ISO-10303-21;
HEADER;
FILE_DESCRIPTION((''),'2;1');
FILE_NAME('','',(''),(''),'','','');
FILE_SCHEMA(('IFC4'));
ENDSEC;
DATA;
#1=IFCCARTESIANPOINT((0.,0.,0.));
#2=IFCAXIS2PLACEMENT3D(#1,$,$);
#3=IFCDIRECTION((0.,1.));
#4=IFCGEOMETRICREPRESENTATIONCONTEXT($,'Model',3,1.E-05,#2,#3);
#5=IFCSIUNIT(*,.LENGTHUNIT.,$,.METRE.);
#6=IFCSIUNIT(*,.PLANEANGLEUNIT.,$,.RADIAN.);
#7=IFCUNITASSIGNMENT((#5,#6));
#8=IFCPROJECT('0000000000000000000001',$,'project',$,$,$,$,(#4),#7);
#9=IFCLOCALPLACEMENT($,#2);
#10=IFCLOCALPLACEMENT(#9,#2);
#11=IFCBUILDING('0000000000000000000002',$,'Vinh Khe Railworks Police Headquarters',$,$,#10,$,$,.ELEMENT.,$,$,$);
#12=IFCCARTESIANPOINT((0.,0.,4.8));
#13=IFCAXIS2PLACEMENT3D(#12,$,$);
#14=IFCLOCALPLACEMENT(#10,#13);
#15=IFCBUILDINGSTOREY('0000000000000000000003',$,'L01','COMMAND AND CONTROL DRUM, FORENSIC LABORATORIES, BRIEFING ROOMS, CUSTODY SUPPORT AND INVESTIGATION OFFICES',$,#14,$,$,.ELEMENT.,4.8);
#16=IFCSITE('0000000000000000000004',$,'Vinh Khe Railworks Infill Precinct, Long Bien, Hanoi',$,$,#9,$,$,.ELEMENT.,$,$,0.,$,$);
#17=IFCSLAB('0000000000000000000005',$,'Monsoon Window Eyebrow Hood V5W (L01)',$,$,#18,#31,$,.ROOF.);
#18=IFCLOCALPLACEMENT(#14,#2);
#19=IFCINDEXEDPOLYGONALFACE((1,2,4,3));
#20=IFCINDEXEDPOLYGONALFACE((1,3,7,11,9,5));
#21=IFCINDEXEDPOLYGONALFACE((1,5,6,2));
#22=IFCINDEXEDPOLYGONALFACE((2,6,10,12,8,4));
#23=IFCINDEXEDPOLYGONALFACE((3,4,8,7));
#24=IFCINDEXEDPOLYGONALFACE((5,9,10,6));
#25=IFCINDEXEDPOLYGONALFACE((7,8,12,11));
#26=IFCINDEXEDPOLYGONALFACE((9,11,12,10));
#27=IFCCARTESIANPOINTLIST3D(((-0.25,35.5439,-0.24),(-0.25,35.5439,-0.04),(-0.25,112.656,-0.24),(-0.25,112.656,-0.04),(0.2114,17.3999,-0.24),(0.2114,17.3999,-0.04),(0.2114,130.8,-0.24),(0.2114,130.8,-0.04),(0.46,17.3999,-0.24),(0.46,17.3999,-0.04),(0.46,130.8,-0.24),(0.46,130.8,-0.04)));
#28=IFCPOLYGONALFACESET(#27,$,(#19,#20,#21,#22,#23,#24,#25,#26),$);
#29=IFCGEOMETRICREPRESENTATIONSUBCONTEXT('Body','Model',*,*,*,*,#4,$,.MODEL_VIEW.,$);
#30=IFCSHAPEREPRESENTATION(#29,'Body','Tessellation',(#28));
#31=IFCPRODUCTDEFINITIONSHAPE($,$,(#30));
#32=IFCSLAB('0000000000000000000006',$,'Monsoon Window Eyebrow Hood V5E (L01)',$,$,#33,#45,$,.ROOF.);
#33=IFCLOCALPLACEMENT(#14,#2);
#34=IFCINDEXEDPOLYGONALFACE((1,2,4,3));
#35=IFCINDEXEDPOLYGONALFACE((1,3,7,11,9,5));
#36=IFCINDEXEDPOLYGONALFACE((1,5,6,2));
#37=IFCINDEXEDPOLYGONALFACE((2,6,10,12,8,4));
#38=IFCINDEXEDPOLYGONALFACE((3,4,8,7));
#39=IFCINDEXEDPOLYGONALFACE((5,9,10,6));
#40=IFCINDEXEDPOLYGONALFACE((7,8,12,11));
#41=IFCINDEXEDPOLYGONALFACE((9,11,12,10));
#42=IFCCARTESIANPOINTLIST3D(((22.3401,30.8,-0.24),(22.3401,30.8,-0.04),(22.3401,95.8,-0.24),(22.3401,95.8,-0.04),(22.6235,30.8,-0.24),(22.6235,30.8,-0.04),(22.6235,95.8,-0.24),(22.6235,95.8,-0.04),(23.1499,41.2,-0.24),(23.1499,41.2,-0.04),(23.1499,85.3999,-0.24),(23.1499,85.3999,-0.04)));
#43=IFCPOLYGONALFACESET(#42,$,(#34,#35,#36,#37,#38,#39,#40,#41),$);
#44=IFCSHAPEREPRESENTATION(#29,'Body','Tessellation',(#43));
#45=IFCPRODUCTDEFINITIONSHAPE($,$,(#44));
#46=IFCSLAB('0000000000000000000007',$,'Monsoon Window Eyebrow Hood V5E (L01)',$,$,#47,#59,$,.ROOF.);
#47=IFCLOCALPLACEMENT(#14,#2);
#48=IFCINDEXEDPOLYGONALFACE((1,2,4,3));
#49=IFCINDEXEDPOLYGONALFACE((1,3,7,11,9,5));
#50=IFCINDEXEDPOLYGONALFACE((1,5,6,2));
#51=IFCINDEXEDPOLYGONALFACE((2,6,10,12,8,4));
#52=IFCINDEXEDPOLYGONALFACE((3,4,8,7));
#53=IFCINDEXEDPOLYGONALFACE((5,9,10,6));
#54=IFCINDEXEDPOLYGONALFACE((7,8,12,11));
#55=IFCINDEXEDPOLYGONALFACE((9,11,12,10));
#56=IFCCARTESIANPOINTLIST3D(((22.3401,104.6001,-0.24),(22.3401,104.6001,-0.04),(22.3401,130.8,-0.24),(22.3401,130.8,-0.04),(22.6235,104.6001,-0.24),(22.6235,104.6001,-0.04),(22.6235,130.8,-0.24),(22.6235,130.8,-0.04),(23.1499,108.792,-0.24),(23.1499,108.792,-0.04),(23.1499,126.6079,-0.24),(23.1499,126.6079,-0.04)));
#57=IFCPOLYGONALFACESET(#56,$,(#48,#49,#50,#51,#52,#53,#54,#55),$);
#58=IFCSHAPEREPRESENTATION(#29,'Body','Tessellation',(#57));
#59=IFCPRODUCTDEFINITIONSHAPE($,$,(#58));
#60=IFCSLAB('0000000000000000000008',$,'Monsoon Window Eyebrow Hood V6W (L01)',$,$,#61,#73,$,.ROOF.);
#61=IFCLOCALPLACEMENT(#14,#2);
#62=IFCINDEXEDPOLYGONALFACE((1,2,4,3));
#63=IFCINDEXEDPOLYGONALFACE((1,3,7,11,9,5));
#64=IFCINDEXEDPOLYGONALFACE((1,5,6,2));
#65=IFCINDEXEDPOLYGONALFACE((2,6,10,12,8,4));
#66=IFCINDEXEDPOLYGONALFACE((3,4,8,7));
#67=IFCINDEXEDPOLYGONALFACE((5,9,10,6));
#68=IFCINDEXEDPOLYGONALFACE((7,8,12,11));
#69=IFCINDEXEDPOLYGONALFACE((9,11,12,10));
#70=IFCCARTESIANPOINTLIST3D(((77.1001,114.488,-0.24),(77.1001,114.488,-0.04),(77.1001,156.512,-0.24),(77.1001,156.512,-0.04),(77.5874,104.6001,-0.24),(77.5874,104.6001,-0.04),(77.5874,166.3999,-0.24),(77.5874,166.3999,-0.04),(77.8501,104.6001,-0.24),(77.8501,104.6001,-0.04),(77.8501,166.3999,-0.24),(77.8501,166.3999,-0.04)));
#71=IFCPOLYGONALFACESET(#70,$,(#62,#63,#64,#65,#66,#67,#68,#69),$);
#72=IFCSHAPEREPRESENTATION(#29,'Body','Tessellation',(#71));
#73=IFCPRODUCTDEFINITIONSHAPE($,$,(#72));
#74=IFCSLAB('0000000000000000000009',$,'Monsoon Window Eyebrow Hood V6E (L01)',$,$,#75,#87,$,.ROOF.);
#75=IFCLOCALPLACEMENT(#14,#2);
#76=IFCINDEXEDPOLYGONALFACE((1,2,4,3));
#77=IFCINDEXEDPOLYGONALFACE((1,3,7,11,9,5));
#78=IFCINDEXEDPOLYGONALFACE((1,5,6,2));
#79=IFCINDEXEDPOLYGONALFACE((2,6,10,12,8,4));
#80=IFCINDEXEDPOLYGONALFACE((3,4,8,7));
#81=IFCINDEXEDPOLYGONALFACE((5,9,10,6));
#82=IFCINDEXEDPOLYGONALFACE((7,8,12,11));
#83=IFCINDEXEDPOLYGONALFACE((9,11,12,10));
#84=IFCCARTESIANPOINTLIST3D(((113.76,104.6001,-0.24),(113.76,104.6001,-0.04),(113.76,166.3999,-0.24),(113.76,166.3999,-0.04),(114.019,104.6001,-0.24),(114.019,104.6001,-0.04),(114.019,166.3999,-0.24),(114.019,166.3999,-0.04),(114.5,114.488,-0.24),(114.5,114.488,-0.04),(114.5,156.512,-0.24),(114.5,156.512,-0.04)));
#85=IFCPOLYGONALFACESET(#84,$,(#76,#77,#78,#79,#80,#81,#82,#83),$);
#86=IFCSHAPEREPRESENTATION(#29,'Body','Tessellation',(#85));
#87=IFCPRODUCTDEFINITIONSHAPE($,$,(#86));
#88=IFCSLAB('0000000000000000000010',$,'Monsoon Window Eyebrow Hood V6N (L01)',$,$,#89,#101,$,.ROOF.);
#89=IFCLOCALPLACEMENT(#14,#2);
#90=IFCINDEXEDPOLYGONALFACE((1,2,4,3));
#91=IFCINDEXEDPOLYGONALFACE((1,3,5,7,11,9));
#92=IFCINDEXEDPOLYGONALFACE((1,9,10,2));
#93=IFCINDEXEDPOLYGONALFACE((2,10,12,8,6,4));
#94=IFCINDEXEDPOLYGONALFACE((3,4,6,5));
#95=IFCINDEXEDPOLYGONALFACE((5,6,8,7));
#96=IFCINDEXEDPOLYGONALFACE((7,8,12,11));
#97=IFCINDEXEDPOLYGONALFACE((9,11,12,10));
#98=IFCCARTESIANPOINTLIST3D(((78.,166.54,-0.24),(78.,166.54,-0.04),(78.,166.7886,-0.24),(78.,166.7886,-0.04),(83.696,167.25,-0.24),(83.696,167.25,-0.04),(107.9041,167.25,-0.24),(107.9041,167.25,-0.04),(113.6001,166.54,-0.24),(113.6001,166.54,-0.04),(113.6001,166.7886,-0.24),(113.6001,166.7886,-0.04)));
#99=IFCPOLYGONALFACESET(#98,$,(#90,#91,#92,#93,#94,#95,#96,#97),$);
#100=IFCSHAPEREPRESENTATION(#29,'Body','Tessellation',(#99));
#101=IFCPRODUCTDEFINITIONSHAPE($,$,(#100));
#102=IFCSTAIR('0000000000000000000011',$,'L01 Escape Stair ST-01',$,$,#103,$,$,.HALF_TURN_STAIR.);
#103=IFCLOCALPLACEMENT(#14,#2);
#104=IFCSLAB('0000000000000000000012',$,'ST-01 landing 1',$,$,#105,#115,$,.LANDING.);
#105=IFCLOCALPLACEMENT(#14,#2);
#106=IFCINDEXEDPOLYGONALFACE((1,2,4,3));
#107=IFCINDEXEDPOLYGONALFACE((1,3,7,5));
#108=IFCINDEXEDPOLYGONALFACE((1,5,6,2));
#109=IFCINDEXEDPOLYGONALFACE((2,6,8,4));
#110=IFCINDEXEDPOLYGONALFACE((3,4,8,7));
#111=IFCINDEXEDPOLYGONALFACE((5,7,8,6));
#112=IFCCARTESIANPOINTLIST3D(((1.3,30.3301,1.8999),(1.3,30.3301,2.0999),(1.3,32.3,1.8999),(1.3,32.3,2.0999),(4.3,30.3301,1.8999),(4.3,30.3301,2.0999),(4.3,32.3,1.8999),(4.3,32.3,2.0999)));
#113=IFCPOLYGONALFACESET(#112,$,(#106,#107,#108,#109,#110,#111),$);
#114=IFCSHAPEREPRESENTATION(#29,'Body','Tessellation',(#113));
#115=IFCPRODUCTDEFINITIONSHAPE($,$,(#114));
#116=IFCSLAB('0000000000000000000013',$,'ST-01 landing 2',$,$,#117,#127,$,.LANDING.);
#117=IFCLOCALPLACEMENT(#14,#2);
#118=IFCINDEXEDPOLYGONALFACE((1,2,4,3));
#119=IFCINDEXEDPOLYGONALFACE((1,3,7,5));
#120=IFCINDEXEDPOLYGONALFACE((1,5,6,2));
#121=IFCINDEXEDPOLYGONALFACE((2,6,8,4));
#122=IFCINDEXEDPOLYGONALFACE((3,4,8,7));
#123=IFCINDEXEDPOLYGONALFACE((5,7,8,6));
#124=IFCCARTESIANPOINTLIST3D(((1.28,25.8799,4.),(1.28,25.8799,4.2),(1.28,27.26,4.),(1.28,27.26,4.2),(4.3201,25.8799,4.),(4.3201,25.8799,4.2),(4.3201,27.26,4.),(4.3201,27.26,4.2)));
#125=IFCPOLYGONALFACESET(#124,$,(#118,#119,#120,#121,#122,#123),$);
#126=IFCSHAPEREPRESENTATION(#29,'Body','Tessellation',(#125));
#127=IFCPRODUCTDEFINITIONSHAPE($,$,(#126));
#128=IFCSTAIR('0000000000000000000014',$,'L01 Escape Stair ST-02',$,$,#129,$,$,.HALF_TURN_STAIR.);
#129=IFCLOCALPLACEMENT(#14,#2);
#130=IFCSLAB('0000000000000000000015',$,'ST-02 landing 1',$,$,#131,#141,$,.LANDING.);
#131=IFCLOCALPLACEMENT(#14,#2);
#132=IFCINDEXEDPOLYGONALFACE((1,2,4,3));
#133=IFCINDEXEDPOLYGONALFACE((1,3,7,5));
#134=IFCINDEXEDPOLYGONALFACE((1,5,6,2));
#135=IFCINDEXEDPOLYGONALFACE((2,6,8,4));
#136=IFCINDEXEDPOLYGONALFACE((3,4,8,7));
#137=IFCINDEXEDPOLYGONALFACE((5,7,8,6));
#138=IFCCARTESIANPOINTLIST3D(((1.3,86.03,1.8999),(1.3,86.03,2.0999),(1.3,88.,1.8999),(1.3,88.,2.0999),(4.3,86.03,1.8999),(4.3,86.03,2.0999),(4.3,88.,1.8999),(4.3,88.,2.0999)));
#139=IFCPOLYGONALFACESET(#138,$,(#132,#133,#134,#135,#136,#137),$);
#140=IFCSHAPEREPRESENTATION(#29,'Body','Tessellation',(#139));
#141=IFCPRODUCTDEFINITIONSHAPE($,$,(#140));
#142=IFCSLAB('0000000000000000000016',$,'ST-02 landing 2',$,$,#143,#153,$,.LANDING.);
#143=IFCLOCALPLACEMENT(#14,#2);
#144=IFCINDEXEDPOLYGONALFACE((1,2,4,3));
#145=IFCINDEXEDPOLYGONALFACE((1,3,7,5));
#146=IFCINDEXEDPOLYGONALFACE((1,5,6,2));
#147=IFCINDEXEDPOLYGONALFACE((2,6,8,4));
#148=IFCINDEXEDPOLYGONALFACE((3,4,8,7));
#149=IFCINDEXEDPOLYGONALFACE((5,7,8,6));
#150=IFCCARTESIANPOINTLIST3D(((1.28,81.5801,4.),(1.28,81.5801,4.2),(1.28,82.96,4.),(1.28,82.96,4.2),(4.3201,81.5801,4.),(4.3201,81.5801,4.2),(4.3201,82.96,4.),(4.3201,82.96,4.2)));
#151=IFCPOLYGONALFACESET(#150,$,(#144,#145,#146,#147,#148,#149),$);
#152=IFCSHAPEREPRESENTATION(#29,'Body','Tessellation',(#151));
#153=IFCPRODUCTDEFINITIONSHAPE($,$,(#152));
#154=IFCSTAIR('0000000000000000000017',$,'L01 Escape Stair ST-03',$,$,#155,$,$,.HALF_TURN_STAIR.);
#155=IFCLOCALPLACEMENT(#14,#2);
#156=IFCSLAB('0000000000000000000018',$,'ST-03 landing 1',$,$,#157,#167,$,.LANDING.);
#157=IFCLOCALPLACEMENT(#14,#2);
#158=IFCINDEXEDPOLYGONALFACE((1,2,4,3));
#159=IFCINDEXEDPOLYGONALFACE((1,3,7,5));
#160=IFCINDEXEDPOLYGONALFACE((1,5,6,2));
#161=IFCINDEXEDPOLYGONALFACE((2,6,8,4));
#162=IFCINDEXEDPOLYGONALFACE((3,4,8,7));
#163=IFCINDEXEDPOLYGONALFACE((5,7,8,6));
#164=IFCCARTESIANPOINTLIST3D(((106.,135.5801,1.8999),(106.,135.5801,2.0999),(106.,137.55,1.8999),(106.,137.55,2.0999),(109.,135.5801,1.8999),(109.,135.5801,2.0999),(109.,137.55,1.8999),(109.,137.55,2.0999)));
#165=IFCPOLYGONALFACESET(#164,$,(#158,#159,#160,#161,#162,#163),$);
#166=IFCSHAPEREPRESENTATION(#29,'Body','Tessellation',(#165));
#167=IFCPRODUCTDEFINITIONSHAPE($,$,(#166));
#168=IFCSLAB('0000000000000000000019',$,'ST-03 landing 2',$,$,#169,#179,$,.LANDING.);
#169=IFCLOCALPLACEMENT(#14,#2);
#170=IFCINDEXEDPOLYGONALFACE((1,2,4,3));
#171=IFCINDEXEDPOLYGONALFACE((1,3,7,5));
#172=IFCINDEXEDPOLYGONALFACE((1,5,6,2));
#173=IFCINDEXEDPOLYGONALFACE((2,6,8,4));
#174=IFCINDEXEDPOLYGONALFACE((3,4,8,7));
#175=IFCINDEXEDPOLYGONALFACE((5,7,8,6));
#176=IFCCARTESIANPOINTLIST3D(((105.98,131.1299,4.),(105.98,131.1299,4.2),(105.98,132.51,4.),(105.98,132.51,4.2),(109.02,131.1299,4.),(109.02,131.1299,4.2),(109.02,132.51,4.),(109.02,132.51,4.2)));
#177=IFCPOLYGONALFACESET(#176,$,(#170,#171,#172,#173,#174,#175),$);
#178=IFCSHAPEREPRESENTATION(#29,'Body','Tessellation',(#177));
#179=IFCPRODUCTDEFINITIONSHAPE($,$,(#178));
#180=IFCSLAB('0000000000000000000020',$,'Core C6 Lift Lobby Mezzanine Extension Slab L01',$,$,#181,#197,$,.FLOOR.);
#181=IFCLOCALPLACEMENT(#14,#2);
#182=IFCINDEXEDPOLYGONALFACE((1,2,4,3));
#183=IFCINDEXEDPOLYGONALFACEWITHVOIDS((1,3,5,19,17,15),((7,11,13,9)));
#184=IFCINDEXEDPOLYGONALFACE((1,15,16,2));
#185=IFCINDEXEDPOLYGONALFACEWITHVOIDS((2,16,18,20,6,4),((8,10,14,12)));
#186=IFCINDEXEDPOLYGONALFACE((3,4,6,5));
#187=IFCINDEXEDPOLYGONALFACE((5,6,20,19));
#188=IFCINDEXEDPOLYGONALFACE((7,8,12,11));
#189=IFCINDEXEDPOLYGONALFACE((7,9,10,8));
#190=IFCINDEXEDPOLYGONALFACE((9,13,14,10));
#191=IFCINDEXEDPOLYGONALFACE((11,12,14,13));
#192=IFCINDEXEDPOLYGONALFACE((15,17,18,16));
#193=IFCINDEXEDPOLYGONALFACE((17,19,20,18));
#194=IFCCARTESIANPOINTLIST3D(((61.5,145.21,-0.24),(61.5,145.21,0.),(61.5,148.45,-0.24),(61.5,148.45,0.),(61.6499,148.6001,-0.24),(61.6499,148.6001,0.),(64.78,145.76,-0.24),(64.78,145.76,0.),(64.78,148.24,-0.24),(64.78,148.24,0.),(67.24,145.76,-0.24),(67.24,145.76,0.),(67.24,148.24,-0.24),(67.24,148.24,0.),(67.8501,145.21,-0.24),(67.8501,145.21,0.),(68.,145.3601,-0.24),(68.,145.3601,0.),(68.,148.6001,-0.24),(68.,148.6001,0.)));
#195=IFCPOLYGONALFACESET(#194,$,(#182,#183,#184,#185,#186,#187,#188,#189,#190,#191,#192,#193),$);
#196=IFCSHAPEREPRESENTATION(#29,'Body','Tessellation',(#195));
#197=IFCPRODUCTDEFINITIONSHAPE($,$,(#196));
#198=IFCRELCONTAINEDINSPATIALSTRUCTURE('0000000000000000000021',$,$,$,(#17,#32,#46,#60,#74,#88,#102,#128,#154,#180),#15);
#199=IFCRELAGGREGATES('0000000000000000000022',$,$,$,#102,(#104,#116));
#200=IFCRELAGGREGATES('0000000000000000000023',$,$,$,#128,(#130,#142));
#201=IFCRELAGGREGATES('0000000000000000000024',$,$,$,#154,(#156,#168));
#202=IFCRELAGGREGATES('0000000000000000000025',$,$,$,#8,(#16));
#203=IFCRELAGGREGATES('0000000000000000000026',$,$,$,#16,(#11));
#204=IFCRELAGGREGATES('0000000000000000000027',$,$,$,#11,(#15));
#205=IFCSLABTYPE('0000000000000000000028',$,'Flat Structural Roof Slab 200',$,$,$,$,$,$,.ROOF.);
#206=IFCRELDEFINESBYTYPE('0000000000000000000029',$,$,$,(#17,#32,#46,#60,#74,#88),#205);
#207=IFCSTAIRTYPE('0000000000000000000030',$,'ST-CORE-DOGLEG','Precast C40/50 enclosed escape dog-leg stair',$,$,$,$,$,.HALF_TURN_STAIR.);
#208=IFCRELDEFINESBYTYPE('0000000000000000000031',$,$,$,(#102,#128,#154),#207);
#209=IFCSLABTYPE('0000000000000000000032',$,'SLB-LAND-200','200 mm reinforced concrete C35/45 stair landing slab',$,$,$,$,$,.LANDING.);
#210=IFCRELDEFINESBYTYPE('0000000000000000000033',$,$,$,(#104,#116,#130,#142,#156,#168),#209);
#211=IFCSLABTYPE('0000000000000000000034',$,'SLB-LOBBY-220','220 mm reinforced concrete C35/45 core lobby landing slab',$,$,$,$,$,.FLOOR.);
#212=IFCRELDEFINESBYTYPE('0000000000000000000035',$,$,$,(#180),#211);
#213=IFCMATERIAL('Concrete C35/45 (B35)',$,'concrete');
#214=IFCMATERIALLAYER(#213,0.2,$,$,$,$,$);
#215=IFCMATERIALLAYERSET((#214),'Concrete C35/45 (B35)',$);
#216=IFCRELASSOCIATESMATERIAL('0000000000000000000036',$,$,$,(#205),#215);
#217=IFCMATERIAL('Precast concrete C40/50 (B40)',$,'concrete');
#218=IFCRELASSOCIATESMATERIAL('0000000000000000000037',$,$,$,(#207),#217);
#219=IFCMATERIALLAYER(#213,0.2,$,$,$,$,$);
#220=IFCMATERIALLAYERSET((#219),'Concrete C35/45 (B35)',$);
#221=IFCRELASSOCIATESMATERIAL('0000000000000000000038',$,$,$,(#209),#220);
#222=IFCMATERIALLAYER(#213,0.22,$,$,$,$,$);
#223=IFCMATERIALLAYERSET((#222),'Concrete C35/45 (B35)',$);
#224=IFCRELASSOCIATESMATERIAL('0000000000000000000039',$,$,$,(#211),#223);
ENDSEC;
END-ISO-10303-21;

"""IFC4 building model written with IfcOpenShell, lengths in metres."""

from ifc_helpers import new_model, si_unit, direction, frame, origin, place, context, subcontext, project, spatial, polyline, outline, extrude, material, layer, layer_set, type_object, element, aggregate, save


model = new_model("IFC4")

# Units and contexts
model_context = context("Model", 3, precision=1e-05, world=origin(), true_north=direction((0.0, 1.0)))
body_context = subcontext(model_context, "Body", "Model", "MODEL_VIEW")
ifc_project = project(units=[si_unit("LENGTHUNIT", "METRE"), si_unit("PLANEANGLEUNIT", "RADIAN")], contexts=[model_context])

# Site, building, storey
site_placement = place(None, origin())
site = spatial("IfcSite", under=ifc_project, at=site_placement, Name="Vinh Khe Railworks Infill Precinct, Long Bien, Hanoi", CompositionType="ELEMENT", RefElevation=0.0)
building_placement = place(site_placement, origin())
building = spatial("IfcBuilding", under=site, at=building_placement, Name="Vinh Khe Railworks Police Headquarters", CompositionType="ELEMENT")
storey_placement = place(building_placement, frame((0.0, 0.0, 4.8)))
storey = spatial("IfcBuildingStorey", under=building, at=storey_placement, Name="L01", Description="COMMAND AND CONTROL DRUM, FORENSIC LABORATORIES, BRIEFING ROOMS, CUSTODY SUPPORT AND INVESTIGATION OFFICES", CompositionType="ELEMENT", Elevation=4.8)

# Slabs
ifc_material_1 = material(Name="Concrete C35/45 (B35)", Category="concrete")
ifc_layer_1 = layer(ifc_material_1, 0.2)
ifc_layer_set_1 = layer_set([ifc_layer_1], Name="Concrete C35/45 (B35)")
slab_type_1 = type_object("IfcSlabType", Name="Flat Structural Roof Slab 200", PredefinedType="ROOF", material=ifc_layer_set_1)
slab_1_placement = place(storey_placement, frame((0.0, 0.0, -0.24)))
element("IfcSlab", 1, at=slab_1_placement, inside=storey, type_object=slab_type_1, Name="Monsoon Window Eyebrow Hood V5W (L01)", PredefinedType="ROOF", context=body_context, shape_type="SweptSolid", body=[
    extrude(outline(polyline([(0.46, 17.3999), (0.46, 130.8), (0.2114, 130.8), (-0.25, 112.656), (-0.25, 35.5439), (0.2114, 17.3999), (0.46, 17.3999)])), origin(), (0.0, 0.0, 1.0), 0.2),
])
slab_2_placement = place(storey_placement, frame((0.0, 0.0, -0.24)))
element("IfcSlab", 2, at=slab_2_placement, inside=storey, type_object=slab_type_1, Name="Monsoon Window Eyebrow Hood V5E (L01)", PredefinedType="ROOF", context=body_context, shape_type="SweptSolid", body=[
    extrude(outline(polyline([(22.3401, 30.8), (22.6235, 30.8), (23.1499, 41.2), (23.1499, 85.3999), (22.6235, 95.8), (22.3401, 95.8), (22.3401, 30.8)])), origin(), (0.0, 0.0, 1.0), 0.2),
])
slab_3_placement = place(storey_placement, frame((0.0, 0.0, -0.24)))
element("IfcSlab", 3, at=slab_3_placement, inside=storey, type_object=slab_type_1, Name="Monsoon Window Eyebrow Hood V5E (L01)", PredefinedType="ROOF", context=body_context, shape_type="SweptSolid", body=[
    extrude(outline(polyline([(22.3401, 104.6001), (22.6235, 104.6001), (23.1499, 108.792), (23.1499, 126.6079), (22.6235, 130.8), (22.3401, 130.8), (22.3401, 104.6001)])), origin(), (0.0, 0.0, 1.0), 0.2),
])
slab_4_placement = place(storey_placement, frame((0.0, 0.0, -0.24)))
element("IfcSlab", 4, at=slab_4_placement, inside=storey, type_object=slab_type_1, Name="Monsoon Window Eyebrow Hood V6W (L01)", PredefinedType="ROOF", context=body_context, shape_type="SweptSolid", body=[
    extrude(outline(polyline([(77.8501, 104.6001), (77.8501, 166.3999), (77.5874, 166.3999), (77.1001, 156.512), (77.1001, 114.488), (77.5874, 104.6001), (77.8501, 104.6001)])), origin(), (0.0, 0.0, 1.0), 0.2),
])
slab_5_placement = place(storey_placement, frame((0.0, 0.0, -0.24)))
element("IfcSlab", 5, at=slab_5_placement, inside=storey, type_object=slab_type_1, Name="Monsoon Window Eyebrow Hood V6E (L01)", PredefinedType="ROOF", context=body_context, shape_type="SweptSolid", body=[
    extrude(outline(polyline([(113.76, 104.6001), (114.019, 104.6001), (114.5, 114.488), (114.5, 156.512), (114.019, 166.3999), (113.76, 166.3999), (113.76, 104.6001)])), origin(), (0.0, 0.0, 1.0), 0.2),
])
slab_6_placement = place(storey_placement, frame((0.0, 0.0, -0.24)))
element("IfcSlab", 6, at=slab_6_placement, inside=storey, type_object=slab_type_1, Name="Monsoon Window Eyebrow Hood V6N (L01)", PredefinedType="ROOF", context=body_context, shape_type="SweptSolid", body=[
    extrude(outline(polyline([(78.0, 166.54), (113.6001, 166.54), (113.6001, 166.7886), (107.9041, 167.25), (83.696, 167.25), (78.0, 166.7886), (78.0, 166.54)])), origin(), (0.0, 0.0, 1.0), 0.2),
])

# Stairs, slabs
ifc_material_2 = material(Name="Precast concrete C40/50 (B40)", Category="concrete")
stair_type = type_object("IfcStairType", Name="ST-CORE-DOGLEG", Description="Precast C40/50 enclosed escape dog-leg stair", PredefinedType="HALF_TURN_STAIR", material=ifc_material_2)
stair_1_placement = place(storey_placement, origin())
stair_1 = element("IfcStair", 7, at=stair_1_placement, inside=storey, type_object=stair_type, Name="L01 Escape Stair ST-01", PredefinedType="HALF_TURN_STAIR")
ifc_layer_2 = layer(ifc_material_1, 0.2)
ifc_layer_set_2 = layer_set([ifc_layer_2], Name="Concrete C35/45 (B35)")
slab_type_2 = type_object("IfcSlabType", Name="SLB-LAND-200", Description="200 mm reinforced concrete C35/45 stair landing slab", PredefinedType="LANDING", material=ifc_layer_set_2)
slab_7_placement = place(storey_placement, frame((0.0, 0.0, 1.8999)))
slab_7 = element("IfcSlab", 8, at=slab_7_placement, type_object=slab_type_2, Name="ST-01 landing 1", PredefinedType="LANDING", context=body_context, shape_type="SweptSolid", body=[
    extrude(outline(polyline([(4.3, 30.3301), (4.3, 32.3), (1.3, 32.3), (1.3, 30.3301), (4.3, 30.3301)])), origin(), (0.0, 0.0, 1.0), 0.2),
])
slab_8_placement = place(storey_placement, frame((0.0, 0.0, 4.0)))
slab_8 = element("IfcSlab", 9, at=slab_8_placement, type_object=slab_type_2, Name="ST-01 landing 2", PredefinedType="LANDING", context=body_context, shape_type="SweptSolid", body=[
    extrude(outline(polyline([(1.28, 25.8799), (4.3201, 25.8799), (4.3201, 27.26), (1.28, 27.26), (1.28, 25.8799)])), origin(), (0.0, 0.0, 1.0), 0.2),
])
aggregate(stair_1, [slab_7, slab_8])
stair_2_placement = place(storey_placement, origin())
stair_2 = element("IfcStair", 10, at=stair_2_placement, inside=storey, type_object=stair_type, Name="L01 Escape Stair ST-02", PredefinedType="HALF_TURN_STAIR")
slab_9_placement = place(storey_placement, frame((0.0, 0.0, 1.8999)))
slab_9 = element("IfcSlab", 11, at=slab_9_placement, type_object=slab_type_2, Name="ST-02 landing 1", PredefinedType="LANDING", context=body_context, shape_type="SweptSolid", body=[
    extrude(outline(polyline([(4.3, 86.03), (4.3, 88.0), (1.3, 88.0), (1.3, 86.03), (4.3, 86.03)])), origin(), (0.0, 0.0, 1.0), 0.2),
])
slab_10_placement = place(storey_placement, frame((0.0, 0.0, 4.0)))
slab_10 = element("IfcSlab", 12, at=slab_10_placement, type_object=slab_type_2, Name="ST-02 landing 2", PredefinedType="LANDING", context=body_context, shape_type="SweptSolid", body=[
    extrude(outline(polyline([(1.28, 81.5801), (4.3201, 81.5801), (4.3201, 82.96), (1.28, 82.96), (1.28, 81.5801)])), origin(), (0.0, 0.0, 1.0), 0.2),
])
aggregate(stair_2, [slab_9, slab_10])
stair_3_placement = place(storey_placement, origin())
stair_3 = element("IfcStair", 13, at=stair_3_placement, inside=storey, type_object=stair_type, Name="L01 Escape Stair ST-03", PredefinedType="HALF_TURN_STAIR")
slab_11_placement = place(storey_placement, frame((0.0, 0.0, 1.8999)))
slab_11 = element("IfcSlab", 14, at=slab_11_placement, type_object=slab_type_2, Name="ST-03 landing 1", PredefinedType="LANDING", context=body_context, shape_type="SweptSolid", body=[
    extrude(outline(polyline([(109.0, 135.5801), (109.0, 137.55), (106.0, 137.55), (106.0, 135.5801), (109.0, 135.5801)])), origin(), (0.0, 0.0, 1.0), 0.2),
])
slab_12_placement = place(storey_placement, frame((0.0, 0.0, 4.0)))
slab_12 = element("IfcSlab", 15, at=slab_12_placement, type_object=slab_type_2, Name="ST-03 landing 2", PredefinedType="LANDING", context=body_context, shape_type="SweptSolid", body=[
    extrude(outline(polyline([(105.98, 131.1299), (109.02, 131.1299), (109.02, 132.51), (105.98, 132.51), (105.98, 131.1299)])), origin(), (0.0, 0.0, 1.0), 0.2),
])
aggregate(stair_3, [slab_11, slab_12])

# Slab
ifc_layer_3 = layer(ifc_material_1, 0.22)
ifc_layer_set_3 = layer_set([ifc_layer_3], Name="Concrete C35/45 (B35)")
slab_type_3 = type_object("IfcSlabType", Name="SLB-LOBBY-220", Description="220 mm reinforced concrete C35/45 core lobby landing slab", PredefinedType="FLOOR", material=ifc_layer_set_3)
slab_13_placement = place(storey_placement, frame((0.0, 0.0, -0.24)))
element("IfcSlab", 16, at=slab_13_placement, inside=storey, type_object=slab_type_3, Name="Core C6 Lift Lobby Mezzanine Extension Slab L01", PredefinedType="FLOOR", context=body_context, shape_type="SweptSolid", body=[
    extrude(outline(polyline([(61.5, 145.21), (67.8501, 145.21), (68.0, 145.3601), (68.0, 148.6001), (61.6499, 148.6001), (61.5, 148.45), (61.5, 145.21)]), holes=[polyline([(64.78, 148.24), (67.24, 148.24), (67.24, 145.76), (64.78, 145.76), (64.78, 148.24)])]), origin(), (0.0, 0.0, 1.0), 0.24),
])

save(model, "model.ifc")
